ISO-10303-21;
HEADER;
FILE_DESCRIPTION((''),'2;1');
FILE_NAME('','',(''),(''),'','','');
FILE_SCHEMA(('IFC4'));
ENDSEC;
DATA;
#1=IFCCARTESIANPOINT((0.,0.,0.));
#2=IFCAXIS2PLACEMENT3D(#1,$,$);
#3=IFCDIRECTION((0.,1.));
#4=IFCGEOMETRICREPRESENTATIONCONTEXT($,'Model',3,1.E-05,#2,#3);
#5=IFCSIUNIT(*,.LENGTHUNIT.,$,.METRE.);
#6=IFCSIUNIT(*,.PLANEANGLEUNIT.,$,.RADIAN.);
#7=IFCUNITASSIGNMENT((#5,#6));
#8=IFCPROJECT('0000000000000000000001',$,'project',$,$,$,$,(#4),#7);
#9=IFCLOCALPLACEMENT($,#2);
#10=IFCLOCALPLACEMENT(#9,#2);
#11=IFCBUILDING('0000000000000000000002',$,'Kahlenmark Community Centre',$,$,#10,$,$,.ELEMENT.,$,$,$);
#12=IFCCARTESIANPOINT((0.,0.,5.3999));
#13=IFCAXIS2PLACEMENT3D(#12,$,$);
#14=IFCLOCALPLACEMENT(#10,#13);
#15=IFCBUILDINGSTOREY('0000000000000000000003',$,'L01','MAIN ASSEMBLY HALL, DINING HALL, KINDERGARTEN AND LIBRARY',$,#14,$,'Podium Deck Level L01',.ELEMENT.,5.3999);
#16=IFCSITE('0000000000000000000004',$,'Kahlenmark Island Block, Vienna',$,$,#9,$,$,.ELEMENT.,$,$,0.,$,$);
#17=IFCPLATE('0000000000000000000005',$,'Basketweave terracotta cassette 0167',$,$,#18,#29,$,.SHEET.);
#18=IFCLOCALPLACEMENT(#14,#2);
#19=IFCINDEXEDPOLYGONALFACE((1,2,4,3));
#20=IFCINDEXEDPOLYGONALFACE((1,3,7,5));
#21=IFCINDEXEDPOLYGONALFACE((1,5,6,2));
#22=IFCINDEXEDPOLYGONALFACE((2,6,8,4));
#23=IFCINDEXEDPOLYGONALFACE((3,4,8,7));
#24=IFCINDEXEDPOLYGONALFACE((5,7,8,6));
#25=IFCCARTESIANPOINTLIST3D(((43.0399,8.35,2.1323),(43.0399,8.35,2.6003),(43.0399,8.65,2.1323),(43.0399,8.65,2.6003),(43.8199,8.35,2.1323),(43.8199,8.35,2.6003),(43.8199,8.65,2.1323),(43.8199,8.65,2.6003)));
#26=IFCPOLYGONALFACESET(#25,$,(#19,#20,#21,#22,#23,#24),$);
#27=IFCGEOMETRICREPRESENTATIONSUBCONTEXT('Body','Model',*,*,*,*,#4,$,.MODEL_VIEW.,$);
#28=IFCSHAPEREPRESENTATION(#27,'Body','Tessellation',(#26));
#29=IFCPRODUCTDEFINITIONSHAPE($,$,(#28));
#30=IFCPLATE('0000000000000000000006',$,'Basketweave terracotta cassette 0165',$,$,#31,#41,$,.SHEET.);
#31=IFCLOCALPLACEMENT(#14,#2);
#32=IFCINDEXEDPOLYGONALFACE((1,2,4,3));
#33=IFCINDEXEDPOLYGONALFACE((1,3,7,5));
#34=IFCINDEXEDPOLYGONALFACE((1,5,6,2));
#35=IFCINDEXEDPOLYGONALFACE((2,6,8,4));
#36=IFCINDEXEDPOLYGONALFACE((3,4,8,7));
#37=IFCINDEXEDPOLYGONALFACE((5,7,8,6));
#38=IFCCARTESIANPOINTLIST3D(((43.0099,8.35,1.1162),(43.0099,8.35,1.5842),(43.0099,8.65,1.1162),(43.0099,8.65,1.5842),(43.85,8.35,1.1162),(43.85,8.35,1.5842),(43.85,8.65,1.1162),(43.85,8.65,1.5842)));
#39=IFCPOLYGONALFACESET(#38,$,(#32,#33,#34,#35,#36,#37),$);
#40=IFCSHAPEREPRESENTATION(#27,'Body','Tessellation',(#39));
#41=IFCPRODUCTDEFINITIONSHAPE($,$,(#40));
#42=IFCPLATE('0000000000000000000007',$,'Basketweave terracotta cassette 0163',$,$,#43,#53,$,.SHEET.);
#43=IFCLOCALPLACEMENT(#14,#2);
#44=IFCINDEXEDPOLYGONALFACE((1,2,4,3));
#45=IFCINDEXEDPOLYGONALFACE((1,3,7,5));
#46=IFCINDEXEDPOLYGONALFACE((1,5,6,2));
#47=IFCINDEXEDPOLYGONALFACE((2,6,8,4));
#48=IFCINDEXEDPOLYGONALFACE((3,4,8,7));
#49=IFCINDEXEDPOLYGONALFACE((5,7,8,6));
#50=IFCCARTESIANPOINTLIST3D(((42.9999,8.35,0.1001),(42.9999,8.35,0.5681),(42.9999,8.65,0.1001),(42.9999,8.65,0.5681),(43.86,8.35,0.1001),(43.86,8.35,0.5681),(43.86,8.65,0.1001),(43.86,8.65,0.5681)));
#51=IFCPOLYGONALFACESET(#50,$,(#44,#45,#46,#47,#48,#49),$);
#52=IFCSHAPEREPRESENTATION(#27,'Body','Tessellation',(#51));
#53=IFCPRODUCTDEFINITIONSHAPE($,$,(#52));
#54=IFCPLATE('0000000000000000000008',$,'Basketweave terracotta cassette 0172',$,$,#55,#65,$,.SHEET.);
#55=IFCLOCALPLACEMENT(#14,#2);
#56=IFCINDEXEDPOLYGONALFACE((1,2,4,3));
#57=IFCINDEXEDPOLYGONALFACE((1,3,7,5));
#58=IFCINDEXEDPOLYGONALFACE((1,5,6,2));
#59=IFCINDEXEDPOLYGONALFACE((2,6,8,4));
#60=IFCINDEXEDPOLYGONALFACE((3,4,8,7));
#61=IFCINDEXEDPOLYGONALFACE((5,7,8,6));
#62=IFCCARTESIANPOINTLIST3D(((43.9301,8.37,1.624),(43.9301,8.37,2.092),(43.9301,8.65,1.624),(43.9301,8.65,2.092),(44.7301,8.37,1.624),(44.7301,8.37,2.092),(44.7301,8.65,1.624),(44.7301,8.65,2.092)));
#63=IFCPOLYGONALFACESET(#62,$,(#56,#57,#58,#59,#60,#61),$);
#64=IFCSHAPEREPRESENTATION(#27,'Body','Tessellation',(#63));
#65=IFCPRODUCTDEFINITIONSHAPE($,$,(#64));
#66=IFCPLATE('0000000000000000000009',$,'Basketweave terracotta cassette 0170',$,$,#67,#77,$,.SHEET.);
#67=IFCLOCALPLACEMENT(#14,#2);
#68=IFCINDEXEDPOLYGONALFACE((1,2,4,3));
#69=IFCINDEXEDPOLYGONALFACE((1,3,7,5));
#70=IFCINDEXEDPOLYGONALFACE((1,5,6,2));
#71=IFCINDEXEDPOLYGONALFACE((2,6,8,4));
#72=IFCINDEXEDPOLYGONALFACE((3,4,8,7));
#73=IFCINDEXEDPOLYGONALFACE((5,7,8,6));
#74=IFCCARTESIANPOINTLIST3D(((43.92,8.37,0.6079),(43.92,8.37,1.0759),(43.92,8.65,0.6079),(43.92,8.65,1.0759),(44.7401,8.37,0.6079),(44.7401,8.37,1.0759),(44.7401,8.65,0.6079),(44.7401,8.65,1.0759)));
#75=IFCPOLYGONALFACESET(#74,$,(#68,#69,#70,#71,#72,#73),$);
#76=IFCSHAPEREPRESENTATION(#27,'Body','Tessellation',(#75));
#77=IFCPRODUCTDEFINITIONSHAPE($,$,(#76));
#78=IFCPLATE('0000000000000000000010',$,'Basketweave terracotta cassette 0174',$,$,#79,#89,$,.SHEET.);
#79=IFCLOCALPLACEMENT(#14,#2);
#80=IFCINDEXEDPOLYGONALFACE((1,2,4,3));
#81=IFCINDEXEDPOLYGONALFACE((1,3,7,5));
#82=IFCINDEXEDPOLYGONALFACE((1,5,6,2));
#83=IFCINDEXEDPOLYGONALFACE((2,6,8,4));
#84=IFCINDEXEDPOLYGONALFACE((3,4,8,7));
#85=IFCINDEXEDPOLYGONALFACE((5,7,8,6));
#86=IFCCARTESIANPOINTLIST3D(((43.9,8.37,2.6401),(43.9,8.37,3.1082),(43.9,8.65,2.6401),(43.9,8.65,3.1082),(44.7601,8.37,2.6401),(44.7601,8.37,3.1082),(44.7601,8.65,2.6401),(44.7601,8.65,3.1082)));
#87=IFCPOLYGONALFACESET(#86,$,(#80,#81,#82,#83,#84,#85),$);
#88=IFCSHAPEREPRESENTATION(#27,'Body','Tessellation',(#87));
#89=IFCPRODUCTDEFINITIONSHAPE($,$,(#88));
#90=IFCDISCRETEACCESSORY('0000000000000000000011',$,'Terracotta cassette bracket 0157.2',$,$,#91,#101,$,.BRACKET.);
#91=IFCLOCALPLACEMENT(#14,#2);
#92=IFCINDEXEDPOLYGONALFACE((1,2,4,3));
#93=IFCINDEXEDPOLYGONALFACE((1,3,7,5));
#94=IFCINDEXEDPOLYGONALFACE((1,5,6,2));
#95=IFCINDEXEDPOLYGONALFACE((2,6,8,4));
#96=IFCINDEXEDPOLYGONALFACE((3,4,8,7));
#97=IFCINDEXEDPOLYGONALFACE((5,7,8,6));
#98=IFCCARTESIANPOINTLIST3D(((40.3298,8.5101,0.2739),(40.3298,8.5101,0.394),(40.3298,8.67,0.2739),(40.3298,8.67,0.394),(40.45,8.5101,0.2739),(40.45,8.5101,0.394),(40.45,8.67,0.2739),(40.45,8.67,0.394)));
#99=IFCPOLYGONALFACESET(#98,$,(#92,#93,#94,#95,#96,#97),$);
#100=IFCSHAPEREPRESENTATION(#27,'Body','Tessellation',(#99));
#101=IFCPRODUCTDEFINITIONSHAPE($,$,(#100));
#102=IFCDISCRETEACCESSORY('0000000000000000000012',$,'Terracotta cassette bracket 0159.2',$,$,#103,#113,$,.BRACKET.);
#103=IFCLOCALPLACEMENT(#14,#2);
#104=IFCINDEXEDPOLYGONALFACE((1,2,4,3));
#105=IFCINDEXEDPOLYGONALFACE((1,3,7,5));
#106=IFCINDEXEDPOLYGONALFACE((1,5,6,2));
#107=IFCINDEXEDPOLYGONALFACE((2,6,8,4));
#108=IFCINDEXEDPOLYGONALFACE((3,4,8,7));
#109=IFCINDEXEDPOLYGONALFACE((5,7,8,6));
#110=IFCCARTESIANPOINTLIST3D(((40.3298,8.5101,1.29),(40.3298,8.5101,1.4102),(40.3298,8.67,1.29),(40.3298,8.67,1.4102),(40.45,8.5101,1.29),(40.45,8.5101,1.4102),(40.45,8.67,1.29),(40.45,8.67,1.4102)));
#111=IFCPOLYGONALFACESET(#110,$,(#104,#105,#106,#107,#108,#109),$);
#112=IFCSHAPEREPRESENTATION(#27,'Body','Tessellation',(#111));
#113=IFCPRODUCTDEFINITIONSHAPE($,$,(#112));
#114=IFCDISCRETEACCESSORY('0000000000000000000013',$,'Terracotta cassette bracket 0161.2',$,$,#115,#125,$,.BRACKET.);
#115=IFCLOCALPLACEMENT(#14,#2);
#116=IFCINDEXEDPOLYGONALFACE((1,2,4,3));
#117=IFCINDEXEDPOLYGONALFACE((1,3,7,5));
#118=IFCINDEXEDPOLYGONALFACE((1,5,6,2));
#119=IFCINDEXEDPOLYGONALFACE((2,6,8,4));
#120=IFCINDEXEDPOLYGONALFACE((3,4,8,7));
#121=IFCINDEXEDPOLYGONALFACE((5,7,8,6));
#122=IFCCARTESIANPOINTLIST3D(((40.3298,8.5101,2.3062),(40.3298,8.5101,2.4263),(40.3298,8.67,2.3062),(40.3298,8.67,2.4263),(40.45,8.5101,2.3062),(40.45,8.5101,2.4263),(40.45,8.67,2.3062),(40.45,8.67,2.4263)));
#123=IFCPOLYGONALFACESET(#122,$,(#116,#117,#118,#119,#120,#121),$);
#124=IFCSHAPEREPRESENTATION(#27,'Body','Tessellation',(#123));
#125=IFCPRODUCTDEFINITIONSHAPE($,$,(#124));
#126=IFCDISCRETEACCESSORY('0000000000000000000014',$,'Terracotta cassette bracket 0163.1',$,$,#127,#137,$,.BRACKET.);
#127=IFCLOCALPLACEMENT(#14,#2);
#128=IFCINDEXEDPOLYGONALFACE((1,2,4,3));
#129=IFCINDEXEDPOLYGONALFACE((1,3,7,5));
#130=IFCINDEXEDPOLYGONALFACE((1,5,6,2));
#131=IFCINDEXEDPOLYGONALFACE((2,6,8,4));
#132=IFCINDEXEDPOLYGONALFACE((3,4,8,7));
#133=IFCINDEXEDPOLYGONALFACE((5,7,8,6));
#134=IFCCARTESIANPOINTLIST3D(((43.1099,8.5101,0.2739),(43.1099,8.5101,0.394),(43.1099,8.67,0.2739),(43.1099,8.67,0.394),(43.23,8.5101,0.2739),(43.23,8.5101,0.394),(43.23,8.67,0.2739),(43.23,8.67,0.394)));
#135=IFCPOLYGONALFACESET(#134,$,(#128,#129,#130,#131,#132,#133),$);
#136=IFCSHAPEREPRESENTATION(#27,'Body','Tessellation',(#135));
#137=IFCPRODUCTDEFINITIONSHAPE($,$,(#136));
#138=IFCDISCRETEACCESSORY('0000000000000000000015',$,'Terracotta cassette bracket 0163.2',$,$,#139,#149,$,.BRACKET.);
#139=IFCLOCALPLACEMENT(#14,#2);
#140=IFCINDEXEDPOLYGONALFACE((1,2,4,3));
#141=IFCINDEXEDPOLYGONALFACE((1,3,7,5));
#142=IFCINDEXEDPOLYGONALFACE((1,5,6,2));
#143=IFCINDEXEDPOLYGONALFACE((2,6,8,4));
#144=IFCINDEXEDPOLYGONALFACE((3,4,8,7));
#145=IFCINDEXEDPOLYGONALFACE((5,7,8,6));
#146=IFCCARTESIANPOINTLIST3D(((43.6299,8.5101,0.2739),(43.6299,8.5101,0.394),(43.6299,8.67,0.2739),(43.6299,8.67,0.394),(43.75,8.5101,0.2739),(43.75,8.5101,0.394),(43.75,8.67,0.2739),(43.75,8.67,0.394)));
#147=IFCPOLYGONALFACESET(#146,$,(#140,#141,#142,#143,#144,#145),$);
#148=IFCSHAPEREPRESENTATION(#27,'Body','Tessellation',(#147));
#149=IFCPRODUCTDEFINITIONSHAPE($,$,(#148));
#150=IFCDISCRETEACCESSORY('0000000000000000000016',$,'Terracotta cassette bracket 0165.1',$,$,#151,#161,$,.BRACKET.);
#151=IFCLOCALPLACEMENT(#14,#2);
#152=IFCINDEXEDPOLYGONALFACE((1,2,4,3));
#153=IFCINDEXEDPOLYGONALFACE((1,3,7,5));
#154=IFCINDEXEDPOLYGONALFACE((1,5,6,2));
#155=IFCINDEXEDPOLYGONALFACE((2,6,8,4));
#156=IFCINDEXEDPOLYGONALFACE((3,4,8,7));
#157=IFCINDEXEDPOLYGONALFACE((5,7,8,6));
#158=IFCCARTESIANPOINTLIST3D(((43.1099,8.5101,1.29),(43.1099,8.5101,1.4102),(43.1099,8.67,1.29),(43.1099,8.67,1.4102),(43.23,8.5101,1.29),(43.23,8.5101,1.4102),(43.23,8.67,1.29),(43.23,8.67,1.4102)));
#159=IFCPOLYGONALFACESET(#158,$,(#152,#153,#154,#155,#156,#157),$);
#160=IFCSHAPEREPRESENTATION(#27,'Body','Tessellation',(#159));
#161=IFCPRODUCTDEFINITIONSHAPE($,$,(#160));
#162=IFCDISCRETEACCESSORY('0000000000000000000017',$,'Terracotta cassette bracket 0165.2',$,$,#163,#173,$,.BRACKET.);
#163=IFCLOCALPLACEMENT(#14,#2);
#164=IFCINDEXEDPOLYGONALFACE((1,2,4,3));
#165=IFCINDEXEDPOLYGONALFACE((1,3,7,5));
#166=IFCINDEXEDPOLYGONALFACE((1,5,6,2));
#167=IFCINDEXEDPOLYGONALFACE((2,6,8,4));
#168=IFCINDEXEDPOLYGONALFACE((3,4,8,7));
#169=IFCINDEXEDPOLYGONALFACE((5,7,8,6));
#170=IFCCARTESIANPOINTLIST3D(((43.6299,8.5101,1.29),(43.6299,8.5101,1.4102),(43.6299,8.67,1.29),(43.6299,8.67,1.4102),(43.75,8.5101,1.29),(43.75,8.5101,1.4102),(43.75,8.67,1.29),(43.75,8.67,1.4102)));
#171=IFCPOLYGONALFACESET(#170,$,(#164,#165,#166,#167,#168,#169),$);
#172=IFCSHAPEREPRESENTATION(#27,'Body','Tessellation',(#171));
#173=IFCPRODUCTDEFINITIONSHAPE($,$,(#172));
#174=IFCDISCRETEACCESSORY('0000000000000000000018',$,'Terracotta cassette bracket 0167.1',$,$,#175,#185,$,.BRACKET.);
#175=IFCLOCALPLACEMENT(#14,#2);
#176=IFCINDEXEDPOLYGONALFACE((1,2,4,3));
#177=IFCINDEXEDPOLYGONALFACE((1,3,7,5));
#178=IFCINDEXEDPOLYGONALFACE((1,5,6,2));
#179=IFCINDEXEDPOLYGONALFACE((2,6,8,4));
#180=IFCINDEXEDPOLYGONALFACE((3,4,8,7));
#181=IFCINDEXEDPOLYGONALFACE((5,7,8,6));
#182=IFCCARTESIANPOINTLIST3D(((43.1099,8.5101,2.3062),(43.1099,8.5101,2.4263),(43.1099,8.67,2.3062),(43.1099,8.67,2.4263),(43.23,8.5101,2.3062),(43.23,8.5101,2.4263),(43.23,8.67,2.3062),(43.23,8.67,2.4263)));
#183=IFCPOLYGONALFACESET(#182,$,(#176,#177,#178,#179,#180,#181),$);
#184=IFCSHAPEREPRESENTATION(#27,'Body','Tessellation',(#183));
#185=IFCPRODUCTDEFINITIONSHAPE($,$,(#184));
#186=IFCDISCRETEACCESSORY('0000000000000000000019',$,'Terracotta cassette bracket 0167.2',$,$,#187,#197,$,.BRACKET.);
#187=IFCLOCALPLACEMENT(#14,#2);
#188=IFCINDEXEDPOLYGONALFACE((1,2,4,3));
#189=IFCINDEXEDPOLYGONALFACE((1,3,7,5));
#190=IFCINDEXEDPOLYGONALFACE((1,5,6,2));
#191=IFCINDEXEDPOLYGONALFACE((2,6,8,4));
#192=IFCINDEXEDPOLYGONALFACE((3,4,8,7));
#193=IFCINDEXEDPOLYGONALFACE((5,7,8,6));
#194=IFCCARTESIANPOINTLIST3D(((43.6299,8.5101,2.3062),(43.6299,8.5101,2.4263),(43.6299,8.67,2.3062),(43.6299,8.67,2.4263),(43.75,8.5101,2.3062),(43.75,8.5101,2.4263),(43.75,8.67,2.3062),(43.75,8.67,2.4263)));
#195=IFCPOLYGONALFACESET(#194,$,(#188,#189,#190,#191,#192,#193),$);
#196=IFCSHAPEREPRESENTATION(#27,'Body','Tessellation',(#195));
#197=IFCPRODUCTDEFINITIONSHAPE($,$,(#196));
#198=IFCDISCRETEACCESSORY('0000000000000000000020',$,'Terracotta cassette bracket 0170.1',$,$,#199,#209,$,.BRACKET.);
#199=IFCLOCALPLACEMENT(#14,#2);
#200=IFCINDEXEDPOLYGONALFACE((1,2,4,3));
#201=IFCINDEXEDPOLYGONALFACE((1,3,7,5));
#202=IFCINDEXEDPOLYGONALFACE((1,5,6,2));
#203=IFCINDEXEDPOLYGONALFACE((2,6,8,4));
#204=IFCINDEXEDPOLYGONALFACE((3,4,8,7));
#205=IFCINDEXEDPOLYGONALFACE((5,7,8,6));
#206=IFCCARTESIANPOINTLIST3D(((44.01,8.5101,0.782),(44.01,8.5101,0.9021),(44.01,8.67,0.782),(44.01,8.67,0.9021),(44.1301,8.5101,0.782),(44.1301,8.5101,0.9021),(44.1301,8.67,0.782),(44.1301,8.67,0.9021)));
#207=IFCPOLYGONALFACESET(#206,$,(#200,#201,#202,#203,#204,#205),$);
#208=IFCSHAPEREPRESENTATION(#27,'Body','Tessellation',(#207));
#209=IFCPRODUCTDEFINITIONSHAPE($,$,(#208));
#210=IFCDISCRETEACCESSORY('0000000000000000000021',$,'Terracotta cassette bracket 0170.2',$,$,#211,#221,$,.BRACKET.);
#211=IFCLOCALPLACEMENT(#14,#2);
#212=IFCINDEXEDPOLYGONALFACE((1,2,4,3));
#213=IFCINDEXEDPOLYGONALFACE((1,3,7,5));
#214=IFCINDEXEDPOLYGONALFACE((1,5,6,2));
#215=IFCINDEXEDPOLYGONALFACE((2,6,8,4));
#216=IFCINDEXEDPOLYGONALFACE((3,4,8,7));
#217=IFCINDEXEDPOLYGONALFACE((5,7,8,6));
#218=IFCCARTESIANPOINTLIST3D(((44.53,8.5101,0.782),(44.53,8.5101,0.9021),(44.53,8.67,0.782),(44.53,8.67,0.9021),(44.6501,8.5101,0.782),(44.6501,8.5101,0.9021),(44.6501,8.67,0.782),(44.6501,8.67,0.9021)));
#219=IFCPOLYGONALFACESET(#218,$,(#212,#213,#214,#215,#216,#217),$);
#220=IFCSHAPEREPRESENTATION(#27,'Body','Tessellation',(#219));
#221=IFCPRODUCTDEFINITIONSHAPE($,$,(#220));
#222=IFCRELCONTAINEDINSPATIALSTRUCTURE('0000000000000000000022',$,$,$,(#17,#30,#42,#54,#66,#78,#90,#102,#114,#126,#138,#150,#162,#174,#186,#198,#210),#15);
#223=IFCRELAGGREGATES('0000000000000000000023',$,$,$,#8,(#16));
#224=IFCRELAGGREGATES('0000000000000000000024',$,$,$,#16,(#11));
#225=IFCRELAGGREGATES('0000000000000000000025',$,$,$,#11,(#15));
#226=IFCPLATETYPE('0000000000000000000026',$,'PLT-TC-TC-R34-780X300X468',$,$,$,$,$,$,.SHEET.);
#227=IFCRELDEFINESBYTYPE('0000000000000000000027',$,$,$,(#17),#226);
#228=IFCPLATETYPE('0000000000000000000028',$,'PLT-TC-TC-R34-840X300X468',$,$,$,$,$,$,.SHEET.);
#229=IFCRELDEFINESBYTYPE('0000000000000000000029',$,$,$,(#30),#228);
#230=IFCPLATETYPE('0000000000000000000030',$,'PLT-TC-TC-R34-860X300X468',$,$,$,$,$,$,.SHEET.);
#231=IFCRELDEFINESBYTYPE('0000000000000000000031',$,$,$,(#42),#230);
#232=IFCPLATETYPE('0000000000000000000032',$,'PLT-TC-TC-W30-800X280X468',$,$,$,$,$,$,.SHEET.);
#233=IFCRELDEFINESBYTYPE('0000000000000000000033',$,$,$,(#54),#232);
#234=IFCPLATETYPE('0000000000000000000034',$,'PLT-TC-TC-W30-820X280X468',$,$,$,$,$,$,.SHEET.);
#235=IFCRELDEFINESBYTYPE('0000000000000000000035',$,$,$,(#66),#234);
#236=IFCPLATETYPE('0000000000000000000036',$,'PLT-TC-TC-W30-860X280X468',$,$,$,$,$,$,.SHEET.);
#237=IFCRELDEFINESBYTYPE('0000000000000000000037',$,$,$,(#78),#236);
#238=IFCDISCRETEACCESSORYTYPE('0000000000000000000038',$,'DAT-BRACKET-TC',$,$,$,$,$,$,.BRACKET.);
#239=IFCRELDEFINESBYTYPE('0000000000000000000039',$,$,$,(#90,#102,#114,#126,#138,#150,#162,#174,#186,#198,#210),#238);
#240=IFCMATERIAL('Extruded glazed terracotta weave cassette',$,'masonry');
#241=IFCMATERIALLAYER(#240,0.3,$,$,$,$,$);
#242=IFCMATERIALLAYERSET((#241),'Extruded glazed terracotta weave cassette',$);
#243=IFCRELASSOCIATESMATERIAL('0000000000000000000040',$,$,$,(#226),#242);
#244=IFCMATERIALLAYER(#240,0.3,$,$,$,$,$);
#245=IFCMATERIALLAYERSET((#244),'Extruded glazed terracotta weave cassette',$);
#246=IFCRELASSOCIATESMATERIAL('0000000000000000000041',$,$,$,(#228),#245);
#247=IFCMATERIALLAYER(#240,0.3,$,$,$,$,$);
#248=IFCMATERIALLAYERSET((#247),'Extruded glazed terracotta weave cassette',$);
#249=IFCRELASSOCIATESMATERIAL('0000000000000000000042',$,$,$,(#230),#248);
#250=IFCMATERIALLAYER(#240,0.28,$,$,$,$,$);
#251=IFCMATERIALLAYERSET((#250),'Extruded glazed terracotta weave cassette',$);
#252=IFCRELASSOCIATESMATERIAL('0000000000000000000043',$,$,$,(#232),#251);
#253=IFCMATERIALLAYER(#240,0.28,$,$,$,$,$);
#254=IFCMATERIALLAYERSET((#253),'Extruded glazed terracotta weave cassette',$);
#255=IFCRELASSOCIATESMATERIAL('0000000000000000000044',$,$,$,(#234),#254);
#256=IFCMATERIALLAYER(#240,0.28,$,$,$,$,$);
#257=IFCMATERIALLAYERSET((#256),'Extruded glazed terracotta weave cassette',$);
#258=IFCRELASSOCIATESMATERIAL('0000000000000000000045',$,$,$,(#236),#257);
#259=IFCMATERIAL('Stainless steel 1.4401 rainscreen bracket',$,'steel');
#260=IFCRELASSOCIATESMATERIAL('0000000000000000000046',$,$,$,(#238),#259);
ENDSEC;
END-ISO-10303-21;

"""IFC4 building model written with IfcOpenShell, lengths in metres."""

from ifc_helpers import new_model, si_unit, direction, frame, origin, origin_2d, place, context, subcontext, project, spatial, rectangle, extrude, material, layer, layer_set, type_object, element, save


model = new_model("IFC4")

# Units and contexts
model_context = context("Model", 3, precision=1e-05, world=origin(), true_north=direction((0.0, 1.0)))
body_context = subcontext(model_context, "Body", "Model", "MODEL_VIEW")
ifc_project = project(units=[si_unit("LENGTHUNIT", "METRE"), si_unit("PLANEANGLEUNIT", "RADIAN")], contexts=[model_context])

# Site, building, storey
site_placement = place(None, origin())
site = spatial("IfcSite", under=ifc_project, at=site_placement, Name="Kahlenmark Island Block, Vienna", CompositionType="ELEMENT", RefElevation=0.0)
building_placement = place(site_placement, origin())
building = spatial("IfcBuilding", under=site, at=building_placement, Name="Kahlenmark Community Centre", CompositionType="ELEMENT")
storey_placement = place(building_placement, frame((0.0, 0.0, 5.3999)))
storey = spatial("IfcBuildingStorey", under=building, at=storey_placement, Name="L01", Description="MAIN ASSEMBLY HALL, DINING HALL, KINDERGARTEN AND LIBRARY", LongName="Podium Deck Level L01", CompositionType="ELEMENT", Elevation=5.3999)

# Plates
ifc_material_1 = material(Name="Extruded glazed terracotta weave cassette", Category="masonry")
ifc_layer_1 = layer(ifc_material_1, 0.3)
ifc_layer_set_1 = layer_set([ifc_layer_1], Name="Extruded glazed terracotta weave cassette")
plate_type_1 = type_object("IfcPlateType", Name="PLT-TC-TC-R34-780X300X468", PredefinedType="SHEET", material=ifc_layer_set_1)
plate_1_placement = place(storey_placement, frame((43.4299, 8.5, 2.1323), z_axis=(0.0, 0.0, 1.0), x_axis=(1.0, 0.0, 0.0)))
element("IfcPlate", 1, at=plate_1_placement, inside=storey, type_object=plate_type_1, Name="Basketweave terracotta cassette 0167", PredefinedType="SHEET", context=body_context, shape_type="SweptSolid", body=[
    extrude(rectangle(XDim=0.78, YDim=0.3, at=origin_2d()), origin(), (0.0, 0.0, 1.0), 0.468),
])
ifc_layer_2 = layer(ifc_material_1, 0.3)
ifc_layer_set_2 = layer_set([ifc_layer_2], Name="Extruded glazed terracotta weave cassette")
plate_type_2 = type_object("IfcPlateType", Name="PLT-TC-TC-R34-840X300X468", PredefinedType="SHEET", material=ifc_layer_set_2)
plate_2_placement = place(storey_placement, frame((43.4299, 8.5, 1.1162), z_axis=(0.0, 0.0, 1.0), x_axis=(1.0, 0.0, 0.0)))
element("IfcPlate", 2, at=plate_2_placement, inside=storey, type_object=plate_type_2, Name="Basketweave terracotta cassette 0165", PredefinedType="SHEET", context=body_context, shape_type="SweptSolid", body=[
    extrude(rectangle(XDim=0.8401, YDim=0.3, at=origin_2d()), origin(), (0.0, 0.0, 1.0), 0.468),
])
ifc_layer_3 = layer(ifc_material_1, 0.3)
ifc_layer_set_3 = layer_set([ifc_layer_3], Name="Extruded glazed terracotta weave cassette")
plate_type_3 = type_object("IfcPlateType", Name="PLT-TC-TC-R34-860X300X468", PredefinedType="SHEET", material=ifc_layer_set_3)
plate_3_placement = place(storey_placement, frame((43.4299, 8.5, 0.1001), z_axis=(0.0, 0.0, 1.0), x_axis=(1.0, 0.0, 0.0)))
element("IfcPlate", 3, at=plate_3_placement, inside=storey, type_object=plate_type_3, Name="Basketweave terracotta cassette 0163", PredefinedType="SHEET", context=body_context, shape_type="SweptSolid", body=[
    extrude(rectangle(XDim=0.8601, YDim=0.3, at=origin_2d()), origin(), (0.0, 0.0, 1.0), 0.468),
])
ifc_layer_4 = layer(ifc_material_1, 0.28)
ifc_layer_set_4 = layer_set([ifc_layer_4], Name="Extruded glazed terracotta weave cassette")
plate_type_4 = type_object("IfcPlateType", Name="PLT-TC-TC-W30-800X280X468", PredefinedType="SHEET", material=ifc_layer_set_4)
plate_4_placement = place(storey_placement, frame((44.3301, 8.51, 1.624), z_axis=(0.0, 0.0, 1.0), x_axis=(1.0, 0.0, 0.0)))
element("IfcPlate", 4, at=plate_4_placement, inside=storey, type_object=plate_type_4, Name="Basketweave terracotta cassette 0172", PredefinedType="SHEET", context=body_context, shape_type="SweptSolid", body=[
    extrude(rectangle(XDim=0.8, YDim=0.28, at=origin_2d()), origin(), (0.0, 0.0, 1.0), 0.468),
])
ifc_layer_5 = layer(ifc_material_1, 0.28)
ifc_layer_set_5 = layer_set([ifc_layer_5], Name="Extruded glazed terracotta weave cassette")
plate_type_5 = type_object("IfcPlateType", Name="PLT-TC-TC-W30-820X280X468", PredefinedType="SHEET", material=ifc_layer_set_5)
plate_5_placement = place(storey_placement, frame((44.3301, 8.51, 0.6079), z_axis=(0.0, 0.0, 1.0), x_axis=(1.0, 0.0, 0.0)))
element("IfcPlate", 5, at=plate_5_placement, inside=storey, type_object=plate_type_5, Name="Basketweave terracotta cassette 0170", PredefinedType="SHEET", context=body_context, shape_type="SweptSolid", body=[
    extrude(rectangle(XDim=0.8201, YDim=0.28, at=origin_2d()), origin(), (0.0, 0.0, 1.0), 0.468),
])
ifc_layer_6 = layer(ifc_material_1, 0.28)
ifc_layer_set_6 = layer_set([ifc_layer_6], Name="Extruded glazed terracotta weave cassette")
plate_type_6 = type_object("IfcPlateType", Name="PLT-TC-TC-W30-860X280X468", PredefinedType="SHEET", material=ifc_layer_set_6)
plate_6_placement = place(storey_placement, frame((44.3301, 8.51, 2.6401), z_axis=(0.0, 0.0, 1.0), x_axis=(1.0, 0.0, 0.0)))
element("IfcPlate", 6, at=plate_6_placement, inside=storey, type_object=plate_type_6, Name="Basketweave terracotta cassette 0174", PredefinedType="SHEET", context=body_context, shape_type="SweptSolid", body=[
    extrude(rectangle(XDim=0.8601, YDim=0.28, at=origin_2d()), origin(), (0.0, 0.0, 1.0), 0.468),
])

# Discrete accessories
ifc_material_2 = material(Name="Stainless steel 1.4401 rainscreen bracket", Category="steel")
discrete_accessory_type = type_object("IfcDiscreteAccessoryType", Name="DAT-BRACKET-TC", PredefinedType="BRACKET", material=ifc_material_2)
for number, where, z_axis, x_axis, name in (
    (7, (40.3899, 8.5901, 0.2739), (0.0, 0.0, 1.0), (1.0, 0.0, 0.0), "Terracotta cassette bracket 0157.2"),
    (8, (40.3899, 8.5901, 1.29), (0.0, 0.0, 1.0), (1.0, 0.0, 0.0), "Terracotta cassette bracket 0159.2"),
    (9, (40.3899, 8.5901, 2.3062), (0.0, 0.0, 1.0), (1.0, 0.0, 0.0), "Terracotta cassette bracket 0161.2"),
    (10, (43.1699, 8.5901, 0.2739), (0.0, 0.0, 1.0), (1.0, 0.0, 0.0), "Terracotta cassette bracket 0163.1"),
    (11, (43.6899, 8.5901, 0.2739), (0.0, 0.0, 1.0), (1.0, 0.0, 0.0), "Terracotta cassette bracket 0163.2"),
    (12, (43.1699, 8.5901, 1.29), (0.0, 0.0, 1.0), (1.0, 0.0, 0.0), "Terracotta cassette bracket 0165.1"),
    (13, (43.6899, 8.5901, 1.29), (0.0, 0.0, 1.0), (1.0, 0.0, 0.0), "Terracotta cassette bracket 0165.2"),
    (14, (43.1699, 8.5901, 2.3062), (0.0, 0.0, 1.0), (1.0, 0.0, 0.0), "Terracotta cassette bracket 0167.1"),
    (15, (43.6899, 8.5901, 2.3062), (0.0, 0.0, 1.0), (1.0, 0.0, 0.0), "Terracotta cassette bracket 0167.2"),
    (16, (44.0701, 8.5901, 0.782), (0.0, 0.0, 1.0), (1.0, 0.0, 0.0), "Terracotta cassette bracket 0170.1"),
    (17, (44.5901, 8.5901, 0.782), (0.0, 0.0, 1.0), (1.0, 0.0, 0.0), "Terracotta cassette bracket 0170.2"),
):
    element("IfcDiscreteAccessory", number, at=place(storey_placement, frame(where, z_axis=z_axis, x_axis=x_axis)), inside=storey, type_object=discrete_accessory_type, Name=name, PredefinedType="BRACKET", context=body_context, shape_type="SweptSolid", body=[
        extrude(rectangle(XDim=0.1201, YDim=0.1599, at=origin_2d()), origin(), (0.0, 0.0, 1.0), 0.1201),
    ])

save(model, "model.ifc")
